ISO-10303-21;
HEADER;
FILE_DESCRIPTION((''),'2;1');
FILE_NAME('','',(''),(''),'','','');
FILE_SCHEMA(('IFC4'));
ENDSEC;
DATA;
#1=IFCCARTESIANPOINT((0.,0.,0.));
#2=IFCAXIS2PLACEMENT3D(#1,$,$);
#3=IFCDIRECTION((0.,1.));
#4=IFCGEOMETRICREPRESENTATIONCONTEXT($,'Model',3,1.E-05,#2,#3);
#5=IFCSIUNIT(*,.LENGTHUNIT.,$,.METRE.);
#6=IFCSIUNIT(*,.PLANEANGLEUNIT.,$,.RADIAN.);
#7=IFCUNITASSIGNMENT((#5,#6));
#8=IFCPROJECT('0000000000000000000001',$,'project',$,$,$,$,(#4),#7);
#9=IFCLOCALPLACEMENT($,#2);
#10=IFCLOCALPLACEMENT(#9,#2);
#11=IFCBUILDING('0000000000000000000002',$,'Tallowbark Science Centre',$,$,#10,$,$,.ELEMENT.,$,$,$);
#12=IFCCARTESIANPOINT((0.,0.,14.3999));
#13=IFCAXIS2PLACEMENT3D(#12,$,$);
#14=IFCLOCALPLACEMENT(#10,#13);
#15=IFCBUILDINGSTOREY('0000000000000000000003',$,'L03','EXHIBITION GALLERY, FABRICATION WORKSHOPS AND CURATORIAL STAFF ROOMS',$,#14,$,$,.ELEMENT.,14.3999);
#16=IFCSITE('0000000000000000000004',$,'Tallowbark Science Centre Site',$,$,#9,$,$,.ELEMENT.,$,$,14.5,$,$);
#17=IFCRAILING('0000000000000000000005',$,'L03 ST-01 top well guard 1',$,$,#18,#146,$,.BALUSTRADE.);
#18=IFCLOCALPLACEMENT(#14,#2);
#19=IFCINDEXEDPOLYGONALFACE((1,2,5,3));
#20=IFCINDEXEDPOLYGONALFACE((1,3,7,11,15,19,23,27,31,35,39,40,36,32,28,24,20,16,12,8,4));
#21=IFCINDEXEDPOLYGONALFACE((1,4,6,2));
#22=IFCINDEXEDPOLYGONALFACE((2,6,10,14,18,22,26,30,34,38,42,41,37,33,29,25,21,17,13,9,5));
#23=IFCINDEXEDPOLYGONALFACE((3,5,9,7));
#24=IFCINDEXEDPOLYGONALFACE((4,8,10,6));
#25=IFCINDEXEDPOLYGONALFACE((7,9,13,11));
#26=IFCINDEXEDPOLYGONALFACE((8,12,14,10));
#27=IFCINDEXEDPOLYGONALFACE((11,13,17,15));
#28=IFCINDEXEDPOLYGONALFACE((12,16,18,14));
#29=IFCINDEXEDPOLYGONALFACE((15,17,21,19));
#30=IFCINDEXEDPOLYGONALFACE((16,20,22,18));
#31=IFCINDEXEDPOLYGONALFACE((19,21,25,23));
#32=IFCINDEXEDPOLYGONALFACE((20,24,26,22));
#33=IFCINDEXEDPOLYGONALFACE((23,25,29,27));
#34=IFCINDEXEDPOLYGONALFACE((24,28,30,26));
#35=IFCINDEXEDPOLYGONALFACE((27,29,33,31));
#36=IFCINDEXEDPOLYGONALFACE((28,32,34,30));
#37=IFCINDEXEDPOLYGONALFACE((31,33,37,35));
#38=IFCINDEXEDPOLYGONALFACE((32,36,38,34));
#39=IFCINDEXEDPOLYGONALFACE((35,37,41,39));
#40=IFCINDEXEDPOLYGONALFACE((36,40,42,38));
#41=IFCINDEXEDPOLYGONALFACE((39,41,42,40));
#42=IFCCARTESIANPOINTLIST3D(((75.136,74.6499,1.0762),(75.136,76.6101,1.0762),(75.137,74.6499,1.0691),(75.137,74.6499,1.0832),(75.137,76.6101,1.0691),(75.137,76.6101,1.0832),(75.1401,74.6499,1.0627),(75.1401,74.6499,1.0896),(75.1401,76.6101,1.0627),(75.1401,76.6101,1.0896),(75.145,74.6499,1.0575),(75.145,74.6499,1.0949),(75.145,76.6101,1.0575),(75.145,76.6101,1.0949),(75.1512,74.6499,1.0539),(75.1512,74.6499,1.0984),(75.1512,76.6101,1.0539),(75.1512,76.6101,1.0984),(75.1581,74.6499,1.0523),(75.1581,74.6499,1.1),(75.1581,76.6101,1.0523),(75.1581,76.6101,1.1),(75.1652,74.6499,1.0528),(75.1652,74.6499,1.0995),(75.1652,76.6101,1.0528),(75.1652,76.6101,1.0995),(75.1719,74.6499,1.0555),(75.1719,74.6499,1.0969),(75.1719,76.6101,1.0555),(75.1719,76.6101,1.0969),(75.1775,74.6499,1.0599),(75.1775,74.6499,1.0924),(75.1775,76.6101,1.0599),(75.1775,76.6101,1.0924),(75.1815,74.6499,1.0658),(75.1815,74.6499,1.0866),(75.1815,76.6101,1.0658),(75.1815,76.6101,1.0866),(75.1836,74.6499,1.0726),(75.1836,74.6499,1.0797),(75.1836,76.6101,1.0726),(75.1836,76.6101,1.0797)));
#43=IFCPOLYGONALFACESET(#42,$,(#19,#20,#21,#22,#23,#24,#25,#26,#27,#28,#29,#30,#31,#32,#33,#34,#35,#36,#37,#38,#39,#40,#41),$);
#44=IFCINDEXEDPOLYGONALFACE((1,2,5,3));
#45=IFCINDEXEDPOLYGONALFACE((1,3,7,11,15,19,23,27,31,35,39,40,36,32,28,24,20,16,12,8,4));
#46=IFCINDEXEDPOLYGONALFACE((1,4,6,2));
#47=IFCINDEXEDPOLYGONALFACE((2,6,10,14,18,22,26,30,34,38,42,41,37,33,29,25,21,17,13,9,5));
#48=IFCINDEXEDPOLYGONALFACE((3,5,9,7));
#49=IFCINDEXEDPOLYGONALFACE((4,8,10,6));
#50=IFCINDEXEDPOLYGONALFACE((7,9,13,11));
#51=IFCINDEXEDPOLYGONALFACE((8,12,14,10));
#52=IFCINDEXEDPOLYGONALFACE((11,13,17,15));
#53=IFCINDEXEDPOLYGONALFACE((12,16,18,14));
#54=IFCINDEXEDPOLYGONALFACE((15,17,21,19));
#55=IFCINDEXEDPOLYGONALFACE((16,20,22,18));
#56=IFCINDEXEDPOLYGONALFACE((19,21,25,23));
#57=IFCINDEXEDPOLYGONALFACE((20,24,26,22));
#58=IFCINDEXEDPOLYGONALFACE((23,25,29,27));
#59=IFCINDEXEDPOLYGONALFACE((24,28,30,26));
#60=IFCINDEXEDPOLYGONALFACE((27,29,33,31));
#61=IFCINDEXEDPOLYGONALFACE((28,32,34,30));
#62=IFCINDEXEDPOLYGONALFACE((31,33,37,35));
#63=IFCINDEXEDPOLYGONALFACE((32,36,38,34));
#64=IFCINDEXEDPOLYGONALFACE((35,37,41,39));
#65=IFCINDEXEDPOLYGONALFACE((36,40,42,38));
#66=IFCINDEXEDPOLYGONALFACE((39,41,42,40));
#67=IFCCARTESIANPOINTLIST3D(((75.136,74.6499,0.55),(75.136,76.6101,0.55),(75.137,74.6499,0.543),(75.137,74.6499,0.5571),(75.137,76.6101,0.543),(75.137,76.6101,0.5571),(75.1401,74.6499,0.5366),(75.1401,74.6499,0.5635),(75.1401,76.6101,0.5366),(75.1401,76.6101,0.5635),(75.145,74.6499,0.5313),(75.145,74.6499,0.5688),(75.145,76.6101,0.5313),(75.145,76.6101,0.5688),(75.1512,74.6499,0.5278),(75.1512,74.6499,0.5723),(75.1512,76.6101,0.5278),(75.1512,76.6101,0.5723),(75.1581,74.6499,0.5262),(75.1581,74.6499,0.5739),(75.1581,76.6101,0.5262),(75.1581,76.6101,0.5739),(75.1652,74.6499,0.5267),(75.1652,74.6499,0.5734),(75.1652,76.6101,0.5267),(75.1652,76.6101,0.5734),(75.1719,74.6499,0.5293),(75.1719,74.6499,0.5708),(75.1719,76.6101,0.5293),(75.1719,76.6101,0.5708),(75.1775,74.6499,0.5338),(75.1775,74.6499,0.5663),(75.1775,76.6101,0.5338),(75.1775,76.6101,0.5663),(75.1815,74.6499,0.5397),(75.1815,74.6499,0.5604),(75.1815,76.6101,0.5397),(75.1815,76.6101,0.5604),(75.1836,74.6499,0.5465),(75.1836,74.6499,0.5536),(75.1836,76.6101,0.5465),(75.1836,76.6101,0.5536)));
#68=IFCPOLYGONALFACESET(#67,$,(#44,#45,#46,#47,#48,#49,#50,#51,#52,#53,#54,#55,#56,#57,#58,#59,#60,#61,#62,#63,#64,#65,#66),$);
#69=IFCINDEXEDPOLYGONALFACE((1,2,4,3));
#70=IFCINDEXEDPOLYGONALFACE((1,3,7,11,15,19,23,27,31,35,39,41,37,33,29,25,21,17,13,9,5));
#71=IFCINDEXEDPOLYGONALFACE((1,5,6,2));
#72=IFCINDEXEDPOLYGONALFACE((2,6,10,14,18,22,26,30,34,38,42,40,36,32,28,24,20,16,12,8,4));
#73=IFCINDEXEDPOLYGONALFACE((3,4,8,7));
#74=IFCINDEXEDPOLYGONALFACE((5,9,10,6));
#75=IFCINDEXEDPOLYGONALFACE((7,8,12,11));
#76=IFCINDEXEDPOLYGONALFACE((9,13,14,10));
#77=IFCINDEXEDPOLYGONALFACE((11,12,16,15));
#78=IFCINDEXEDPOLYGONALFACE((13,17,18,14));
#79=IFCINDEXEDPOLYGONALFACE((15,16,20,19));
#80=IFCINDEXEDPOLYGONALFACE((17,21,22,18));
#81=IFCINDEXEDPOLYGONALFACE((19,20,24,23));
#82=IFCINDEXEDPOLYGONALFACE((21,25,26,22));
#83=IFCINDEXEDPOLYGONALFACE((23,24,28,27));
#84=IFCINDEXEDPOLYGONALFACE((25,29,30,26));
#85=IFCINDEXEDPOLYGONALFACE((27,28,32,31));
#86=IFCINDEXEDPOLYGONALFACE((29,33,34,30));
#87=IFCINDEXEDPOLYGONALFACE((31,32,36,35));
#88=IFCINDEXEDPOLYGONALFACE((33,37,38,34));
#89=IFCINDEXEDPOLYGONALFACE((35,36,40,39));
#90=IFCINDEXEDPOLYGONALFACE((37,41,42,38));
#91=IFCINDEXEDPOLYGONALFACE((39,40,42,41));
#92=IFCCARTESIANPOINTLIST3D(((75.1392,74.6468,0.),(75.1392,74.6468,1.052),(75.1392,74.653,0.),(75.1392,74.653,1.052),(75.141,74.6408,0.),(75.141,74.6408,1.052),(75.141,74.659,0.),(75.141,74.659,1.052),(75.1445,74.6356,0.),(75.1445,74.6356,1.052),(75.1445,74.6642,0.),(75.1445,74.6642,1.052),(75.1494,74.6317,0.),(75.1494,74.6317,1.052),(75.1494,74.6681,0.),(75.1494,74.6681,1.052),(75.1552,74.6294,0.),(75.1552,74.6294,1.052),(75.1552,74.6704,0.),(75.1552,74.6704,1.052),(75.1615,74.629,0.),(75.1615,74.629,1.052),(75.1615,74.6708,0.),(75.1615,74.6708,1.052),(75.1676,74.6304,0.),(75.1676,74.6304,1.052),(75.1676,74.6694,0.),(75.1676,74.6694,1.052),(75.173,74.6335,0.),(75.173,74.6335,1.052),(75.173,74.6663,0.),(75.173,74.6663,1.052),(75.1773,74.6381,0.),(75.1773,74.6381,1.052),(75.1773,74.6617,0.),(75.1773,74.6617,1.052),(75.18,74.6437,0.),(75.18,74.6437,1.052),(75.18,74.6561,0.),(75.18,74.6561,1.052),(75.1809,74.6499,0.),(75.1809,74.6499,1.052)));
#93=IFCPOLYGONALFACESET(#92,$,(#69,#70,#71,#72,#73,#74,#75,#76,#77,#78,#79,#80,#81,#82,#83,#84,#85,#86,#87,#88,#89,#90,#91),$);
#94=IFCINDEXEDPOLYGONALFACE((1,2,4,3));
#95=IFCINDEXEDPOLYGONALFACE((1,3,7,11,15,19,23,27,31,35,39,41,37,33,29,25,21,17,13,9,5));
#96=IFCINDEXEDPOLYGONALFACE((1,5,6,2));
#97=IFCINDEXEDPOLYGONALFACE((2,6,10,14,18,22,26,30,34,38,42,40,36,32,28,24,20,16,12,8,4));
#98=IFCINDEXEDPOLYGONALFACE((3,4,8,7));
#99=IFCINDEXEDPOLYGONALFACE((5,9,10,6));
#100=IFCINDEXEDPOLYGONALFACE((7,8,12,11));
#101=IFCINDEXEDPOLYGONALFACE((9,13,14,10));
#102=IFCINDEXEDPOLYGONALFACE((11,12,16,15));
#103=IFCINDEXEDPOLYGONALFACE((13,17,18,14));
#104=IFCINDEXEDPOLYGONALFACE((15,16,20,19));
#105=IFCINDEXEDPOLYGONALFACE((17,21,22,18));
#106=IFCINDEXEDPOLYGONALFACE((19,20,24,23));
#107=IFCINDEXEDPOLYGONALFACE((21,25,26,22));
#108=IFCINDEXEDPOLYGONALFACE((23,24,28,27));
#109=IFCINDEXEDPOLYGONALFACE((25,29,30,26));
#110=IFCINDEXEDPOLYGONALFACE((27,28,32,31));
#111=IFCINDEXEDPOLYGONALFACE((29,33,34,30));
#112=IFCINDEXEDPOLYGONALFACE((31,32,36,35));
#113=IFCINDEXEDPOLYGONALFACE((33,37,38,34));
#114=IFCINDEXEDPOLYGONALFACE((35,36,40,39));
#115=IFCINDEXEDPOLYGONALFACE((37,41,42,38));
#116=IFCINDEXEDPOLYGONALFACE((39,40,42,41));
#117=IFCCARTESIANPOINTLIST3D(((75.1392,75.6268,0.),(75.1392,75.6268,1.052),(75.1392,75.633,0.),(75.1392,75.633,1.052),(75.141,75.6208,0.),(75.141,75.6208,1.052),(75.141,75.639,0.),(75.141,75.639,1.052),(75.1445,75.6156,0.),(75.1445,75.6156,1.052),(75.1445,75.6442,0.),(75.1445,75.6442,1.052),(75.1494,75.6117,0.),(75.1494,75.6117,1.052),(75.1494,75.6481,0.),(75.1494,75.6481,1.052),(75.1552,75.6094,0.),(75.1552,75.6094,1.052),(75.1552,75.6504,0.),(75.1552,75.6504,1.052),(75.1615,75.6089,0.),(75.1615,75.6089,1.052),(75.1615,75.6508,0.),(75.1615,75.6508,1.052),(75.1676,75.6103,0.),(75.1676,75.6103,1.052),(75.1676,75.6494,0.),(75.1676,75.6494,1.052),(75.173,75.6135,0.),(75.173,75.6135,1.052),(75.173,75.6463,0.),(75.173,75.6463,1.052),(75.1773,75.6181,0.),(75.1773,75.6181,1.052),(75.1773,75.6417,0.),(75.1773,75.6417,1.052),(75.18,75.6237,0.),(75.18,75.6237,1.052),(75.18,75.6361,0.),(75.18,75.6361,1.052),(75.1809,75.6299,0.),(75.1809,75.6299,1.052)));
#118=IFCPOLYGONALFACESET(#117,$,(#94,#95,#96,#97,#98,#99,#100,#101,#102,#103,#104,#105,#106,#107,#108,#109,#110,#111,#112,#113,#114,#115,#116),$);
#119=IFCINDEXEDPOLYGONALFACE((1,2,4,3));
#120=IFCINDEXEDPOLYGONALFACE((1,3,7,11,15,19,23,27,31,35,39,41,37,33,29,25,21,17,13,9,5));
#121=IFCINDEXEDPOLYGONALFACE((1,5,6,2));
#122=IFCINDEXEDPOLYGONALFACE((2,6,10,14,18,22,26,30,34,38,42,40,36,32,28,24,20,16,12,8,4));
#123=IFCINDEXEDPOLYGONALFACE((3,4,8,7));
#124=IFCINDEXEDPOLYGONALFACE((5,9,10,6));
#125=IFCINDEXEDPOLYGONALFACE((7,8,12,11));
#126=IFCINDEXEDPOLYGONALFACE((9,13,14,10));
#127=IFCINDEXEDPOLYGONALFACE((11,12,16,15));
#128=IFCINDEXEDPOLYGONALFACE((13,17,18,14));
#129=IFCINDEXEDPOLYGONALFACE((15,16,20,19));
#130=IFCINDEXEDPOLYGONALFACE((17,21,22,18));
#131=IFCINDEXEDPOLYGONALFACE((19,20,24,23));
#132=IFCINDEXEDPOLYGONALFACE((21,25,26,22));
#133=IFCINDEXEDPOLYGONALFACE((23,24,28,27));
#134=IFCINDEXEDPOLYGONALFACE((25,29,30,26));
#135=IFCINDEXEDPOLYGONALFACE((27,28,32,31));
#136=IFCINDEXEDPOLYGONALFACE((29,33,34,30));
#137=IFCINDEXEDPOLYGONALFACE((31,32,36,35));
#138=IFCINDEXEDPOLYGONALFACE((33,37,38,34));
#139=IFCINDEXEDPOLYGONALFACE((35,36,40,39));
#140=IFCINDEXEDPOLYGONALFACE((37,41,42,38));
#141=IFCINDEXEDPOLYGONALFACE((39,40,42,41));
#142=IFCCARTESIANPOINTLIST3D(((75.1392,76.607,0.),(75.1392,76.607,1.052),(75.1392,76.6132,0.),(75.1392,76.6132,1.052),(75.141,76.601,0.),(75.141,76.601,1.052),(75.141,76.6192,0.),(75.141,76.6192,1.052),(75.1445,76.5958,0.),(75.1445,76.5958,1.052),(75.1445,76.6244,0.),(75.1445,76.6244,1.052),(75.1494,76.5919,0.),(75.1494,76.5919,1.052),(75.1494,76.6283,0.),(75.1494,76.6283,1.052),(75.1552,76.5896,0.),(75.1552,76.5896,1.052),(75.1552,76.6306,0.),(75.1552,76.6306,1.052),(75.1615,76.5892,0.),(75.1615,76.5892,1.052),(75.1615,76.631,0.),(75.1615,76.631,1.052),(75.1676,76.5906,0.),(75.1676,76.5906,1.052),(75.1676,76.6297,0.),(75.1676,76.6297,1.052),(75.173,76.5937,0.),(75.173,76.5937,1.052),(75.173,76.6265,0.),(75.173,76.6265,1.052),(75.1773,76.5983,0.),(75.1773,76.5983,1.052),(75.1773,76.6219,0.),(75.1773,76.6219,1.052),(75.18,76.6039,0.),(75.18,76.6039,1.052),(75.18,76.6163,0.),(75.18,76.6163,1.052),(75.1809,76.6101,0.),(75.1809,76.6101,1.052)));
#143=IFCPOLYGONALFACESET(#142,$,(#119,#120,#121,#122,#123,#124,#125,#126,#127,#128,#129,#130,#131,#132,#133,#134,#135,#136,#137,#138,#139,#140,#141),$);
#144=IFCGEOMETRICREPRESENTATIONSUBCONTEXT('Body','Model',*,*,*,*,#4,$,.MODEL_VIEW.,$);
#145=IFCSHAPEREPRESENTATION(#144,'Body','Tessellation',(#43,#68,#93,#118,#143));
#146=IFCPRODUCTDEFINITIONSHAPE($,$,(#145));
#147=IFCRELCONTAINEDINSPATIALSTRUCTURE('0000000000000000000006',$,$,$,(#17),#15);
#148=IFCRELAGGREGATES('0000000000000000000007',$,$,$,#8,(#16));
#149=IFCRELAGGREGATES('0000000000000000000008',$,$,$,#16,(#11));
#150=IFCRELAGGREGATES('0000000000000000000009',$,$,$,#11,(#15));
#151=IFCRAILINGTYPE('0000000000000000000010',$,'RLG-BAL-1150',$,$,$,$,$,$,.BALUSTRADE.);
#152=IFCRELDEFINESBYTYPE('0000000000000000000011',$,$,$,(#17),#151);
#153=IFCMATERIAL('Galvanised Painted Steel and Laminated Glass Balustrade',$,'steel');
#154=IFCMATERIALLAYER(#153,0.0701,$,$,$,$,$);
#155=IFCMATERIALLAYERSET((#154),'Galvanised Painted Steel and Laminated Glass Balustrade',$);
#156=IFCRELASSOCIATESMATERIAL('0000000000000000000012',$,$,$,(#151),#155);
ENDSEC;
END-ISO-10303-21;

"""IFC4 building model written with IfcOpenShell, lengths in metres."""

from ifc_helpers import new_model, si_unit, direction, frame, origin, origin_2d, place, context, subcontext, project, spatial, circle, extrude, material, layer, layer_set, type_object, element, save


model = new_model("IFC4")

# Units and contexts
model_context = context("Model", 3, precision=1e-05, world=origin(), true_north=direction((0.0, 1.0)))
body_context = subcontext(model_context, "Body", "Model", "MODEL_VIEW")
ifc_project = project(units=[si_unit("LENGTHUNIT", "METRE"), si_unit("PLANEANGLEUNIT", "RADIAN")], contexts=[model_context])

# Site, building, storey
site_placement = place(None, origin())
site = spatial("IfcSite", under=ifc_project, at=site_placement, Name="Tallowbark Science Centre Site", CompositionType="ELEMENT", RefElevation=14.5)
building_placement = place(site_placement, origin())
building = spatial("IfcBuilding", under=site, at=building_placement, Name="Tallowbark Science Centre", CompositionType="ELEMENT")
storey_placement = place(building_placement, frame((0.0, 0.0, 14.3999)))
storey = spatial("IfcBuildingStorey", under=building, at=storey_placement, Name="L03", Description="EXHIBITION GALLERY, FABRICATION WORKSHOPS AND CURATORIAL STAFF ROOMS", CompositionType="ELEMENT", Elevation=14.3999)

# Railing
ifc_material_1 = material(Name="Galvanised Painted Steel and Laminated Glass Balustrade", Category="steel")
ifc_layer_1 = layer(ifc_material_1, 0.0701)
ifc_layer_set_1 = layer_set([ifc_layer_1], Name="Galvanised Painted Steel and Laminated Glass Balustrade")
railing_type = type_object("IfcRailingType", Name="RLG-BAL-1150", PredefinedType="BALUSTRADE", material=ifc_layer_set_1)
railing_placement = place(storey_placement, frame((75.1599, 74.6499, 0.0)))
element("IfcRailing", 1, at=railing_placement, inside=storey, type_object=railing_type, Name="L03 ST-01 top well guard 1", PredefinedType="BALUSTRADE", context=body_context, shape_type="SweptSolid", body=[
    extrude(circle(Radius=0.0239, at=origin_2d()), frame((0.0, 0.0, 1.0762), z_axis=(0.0, 1.0, 0.0), x_axis=(-1.0, 0.0, 0.0)), (0.0, 0.0, 1.0), 1.9602),
    extrude(circle(Radius=0.0239, at=origin_2d()), frame((0.0, 0.0, 0.55), z_axis=(0.0, 1.0, 0.0), x_axis=(-1.0, 0.0, 0.0)), (0.0, 0.0, 1.0), 1.9602),
    extrude(circle(Radius=0.021, at=origin_2d()), origin(), (0.0, 0.0, 1.0), 1.052),
    extrude(circle(Radius=0.021, at=origin_2d()), frame((0.0, 0.98, 0.0)), (0.0, 0.0, 1.0), 1.052),
    extrude(circle(Radius=0.021, at=origin_2d()), frame((0.0, 1.9602, 0.0)), (0.0, 0.0, 1.0), 1.052),
])

save(model, "model.ifc")
